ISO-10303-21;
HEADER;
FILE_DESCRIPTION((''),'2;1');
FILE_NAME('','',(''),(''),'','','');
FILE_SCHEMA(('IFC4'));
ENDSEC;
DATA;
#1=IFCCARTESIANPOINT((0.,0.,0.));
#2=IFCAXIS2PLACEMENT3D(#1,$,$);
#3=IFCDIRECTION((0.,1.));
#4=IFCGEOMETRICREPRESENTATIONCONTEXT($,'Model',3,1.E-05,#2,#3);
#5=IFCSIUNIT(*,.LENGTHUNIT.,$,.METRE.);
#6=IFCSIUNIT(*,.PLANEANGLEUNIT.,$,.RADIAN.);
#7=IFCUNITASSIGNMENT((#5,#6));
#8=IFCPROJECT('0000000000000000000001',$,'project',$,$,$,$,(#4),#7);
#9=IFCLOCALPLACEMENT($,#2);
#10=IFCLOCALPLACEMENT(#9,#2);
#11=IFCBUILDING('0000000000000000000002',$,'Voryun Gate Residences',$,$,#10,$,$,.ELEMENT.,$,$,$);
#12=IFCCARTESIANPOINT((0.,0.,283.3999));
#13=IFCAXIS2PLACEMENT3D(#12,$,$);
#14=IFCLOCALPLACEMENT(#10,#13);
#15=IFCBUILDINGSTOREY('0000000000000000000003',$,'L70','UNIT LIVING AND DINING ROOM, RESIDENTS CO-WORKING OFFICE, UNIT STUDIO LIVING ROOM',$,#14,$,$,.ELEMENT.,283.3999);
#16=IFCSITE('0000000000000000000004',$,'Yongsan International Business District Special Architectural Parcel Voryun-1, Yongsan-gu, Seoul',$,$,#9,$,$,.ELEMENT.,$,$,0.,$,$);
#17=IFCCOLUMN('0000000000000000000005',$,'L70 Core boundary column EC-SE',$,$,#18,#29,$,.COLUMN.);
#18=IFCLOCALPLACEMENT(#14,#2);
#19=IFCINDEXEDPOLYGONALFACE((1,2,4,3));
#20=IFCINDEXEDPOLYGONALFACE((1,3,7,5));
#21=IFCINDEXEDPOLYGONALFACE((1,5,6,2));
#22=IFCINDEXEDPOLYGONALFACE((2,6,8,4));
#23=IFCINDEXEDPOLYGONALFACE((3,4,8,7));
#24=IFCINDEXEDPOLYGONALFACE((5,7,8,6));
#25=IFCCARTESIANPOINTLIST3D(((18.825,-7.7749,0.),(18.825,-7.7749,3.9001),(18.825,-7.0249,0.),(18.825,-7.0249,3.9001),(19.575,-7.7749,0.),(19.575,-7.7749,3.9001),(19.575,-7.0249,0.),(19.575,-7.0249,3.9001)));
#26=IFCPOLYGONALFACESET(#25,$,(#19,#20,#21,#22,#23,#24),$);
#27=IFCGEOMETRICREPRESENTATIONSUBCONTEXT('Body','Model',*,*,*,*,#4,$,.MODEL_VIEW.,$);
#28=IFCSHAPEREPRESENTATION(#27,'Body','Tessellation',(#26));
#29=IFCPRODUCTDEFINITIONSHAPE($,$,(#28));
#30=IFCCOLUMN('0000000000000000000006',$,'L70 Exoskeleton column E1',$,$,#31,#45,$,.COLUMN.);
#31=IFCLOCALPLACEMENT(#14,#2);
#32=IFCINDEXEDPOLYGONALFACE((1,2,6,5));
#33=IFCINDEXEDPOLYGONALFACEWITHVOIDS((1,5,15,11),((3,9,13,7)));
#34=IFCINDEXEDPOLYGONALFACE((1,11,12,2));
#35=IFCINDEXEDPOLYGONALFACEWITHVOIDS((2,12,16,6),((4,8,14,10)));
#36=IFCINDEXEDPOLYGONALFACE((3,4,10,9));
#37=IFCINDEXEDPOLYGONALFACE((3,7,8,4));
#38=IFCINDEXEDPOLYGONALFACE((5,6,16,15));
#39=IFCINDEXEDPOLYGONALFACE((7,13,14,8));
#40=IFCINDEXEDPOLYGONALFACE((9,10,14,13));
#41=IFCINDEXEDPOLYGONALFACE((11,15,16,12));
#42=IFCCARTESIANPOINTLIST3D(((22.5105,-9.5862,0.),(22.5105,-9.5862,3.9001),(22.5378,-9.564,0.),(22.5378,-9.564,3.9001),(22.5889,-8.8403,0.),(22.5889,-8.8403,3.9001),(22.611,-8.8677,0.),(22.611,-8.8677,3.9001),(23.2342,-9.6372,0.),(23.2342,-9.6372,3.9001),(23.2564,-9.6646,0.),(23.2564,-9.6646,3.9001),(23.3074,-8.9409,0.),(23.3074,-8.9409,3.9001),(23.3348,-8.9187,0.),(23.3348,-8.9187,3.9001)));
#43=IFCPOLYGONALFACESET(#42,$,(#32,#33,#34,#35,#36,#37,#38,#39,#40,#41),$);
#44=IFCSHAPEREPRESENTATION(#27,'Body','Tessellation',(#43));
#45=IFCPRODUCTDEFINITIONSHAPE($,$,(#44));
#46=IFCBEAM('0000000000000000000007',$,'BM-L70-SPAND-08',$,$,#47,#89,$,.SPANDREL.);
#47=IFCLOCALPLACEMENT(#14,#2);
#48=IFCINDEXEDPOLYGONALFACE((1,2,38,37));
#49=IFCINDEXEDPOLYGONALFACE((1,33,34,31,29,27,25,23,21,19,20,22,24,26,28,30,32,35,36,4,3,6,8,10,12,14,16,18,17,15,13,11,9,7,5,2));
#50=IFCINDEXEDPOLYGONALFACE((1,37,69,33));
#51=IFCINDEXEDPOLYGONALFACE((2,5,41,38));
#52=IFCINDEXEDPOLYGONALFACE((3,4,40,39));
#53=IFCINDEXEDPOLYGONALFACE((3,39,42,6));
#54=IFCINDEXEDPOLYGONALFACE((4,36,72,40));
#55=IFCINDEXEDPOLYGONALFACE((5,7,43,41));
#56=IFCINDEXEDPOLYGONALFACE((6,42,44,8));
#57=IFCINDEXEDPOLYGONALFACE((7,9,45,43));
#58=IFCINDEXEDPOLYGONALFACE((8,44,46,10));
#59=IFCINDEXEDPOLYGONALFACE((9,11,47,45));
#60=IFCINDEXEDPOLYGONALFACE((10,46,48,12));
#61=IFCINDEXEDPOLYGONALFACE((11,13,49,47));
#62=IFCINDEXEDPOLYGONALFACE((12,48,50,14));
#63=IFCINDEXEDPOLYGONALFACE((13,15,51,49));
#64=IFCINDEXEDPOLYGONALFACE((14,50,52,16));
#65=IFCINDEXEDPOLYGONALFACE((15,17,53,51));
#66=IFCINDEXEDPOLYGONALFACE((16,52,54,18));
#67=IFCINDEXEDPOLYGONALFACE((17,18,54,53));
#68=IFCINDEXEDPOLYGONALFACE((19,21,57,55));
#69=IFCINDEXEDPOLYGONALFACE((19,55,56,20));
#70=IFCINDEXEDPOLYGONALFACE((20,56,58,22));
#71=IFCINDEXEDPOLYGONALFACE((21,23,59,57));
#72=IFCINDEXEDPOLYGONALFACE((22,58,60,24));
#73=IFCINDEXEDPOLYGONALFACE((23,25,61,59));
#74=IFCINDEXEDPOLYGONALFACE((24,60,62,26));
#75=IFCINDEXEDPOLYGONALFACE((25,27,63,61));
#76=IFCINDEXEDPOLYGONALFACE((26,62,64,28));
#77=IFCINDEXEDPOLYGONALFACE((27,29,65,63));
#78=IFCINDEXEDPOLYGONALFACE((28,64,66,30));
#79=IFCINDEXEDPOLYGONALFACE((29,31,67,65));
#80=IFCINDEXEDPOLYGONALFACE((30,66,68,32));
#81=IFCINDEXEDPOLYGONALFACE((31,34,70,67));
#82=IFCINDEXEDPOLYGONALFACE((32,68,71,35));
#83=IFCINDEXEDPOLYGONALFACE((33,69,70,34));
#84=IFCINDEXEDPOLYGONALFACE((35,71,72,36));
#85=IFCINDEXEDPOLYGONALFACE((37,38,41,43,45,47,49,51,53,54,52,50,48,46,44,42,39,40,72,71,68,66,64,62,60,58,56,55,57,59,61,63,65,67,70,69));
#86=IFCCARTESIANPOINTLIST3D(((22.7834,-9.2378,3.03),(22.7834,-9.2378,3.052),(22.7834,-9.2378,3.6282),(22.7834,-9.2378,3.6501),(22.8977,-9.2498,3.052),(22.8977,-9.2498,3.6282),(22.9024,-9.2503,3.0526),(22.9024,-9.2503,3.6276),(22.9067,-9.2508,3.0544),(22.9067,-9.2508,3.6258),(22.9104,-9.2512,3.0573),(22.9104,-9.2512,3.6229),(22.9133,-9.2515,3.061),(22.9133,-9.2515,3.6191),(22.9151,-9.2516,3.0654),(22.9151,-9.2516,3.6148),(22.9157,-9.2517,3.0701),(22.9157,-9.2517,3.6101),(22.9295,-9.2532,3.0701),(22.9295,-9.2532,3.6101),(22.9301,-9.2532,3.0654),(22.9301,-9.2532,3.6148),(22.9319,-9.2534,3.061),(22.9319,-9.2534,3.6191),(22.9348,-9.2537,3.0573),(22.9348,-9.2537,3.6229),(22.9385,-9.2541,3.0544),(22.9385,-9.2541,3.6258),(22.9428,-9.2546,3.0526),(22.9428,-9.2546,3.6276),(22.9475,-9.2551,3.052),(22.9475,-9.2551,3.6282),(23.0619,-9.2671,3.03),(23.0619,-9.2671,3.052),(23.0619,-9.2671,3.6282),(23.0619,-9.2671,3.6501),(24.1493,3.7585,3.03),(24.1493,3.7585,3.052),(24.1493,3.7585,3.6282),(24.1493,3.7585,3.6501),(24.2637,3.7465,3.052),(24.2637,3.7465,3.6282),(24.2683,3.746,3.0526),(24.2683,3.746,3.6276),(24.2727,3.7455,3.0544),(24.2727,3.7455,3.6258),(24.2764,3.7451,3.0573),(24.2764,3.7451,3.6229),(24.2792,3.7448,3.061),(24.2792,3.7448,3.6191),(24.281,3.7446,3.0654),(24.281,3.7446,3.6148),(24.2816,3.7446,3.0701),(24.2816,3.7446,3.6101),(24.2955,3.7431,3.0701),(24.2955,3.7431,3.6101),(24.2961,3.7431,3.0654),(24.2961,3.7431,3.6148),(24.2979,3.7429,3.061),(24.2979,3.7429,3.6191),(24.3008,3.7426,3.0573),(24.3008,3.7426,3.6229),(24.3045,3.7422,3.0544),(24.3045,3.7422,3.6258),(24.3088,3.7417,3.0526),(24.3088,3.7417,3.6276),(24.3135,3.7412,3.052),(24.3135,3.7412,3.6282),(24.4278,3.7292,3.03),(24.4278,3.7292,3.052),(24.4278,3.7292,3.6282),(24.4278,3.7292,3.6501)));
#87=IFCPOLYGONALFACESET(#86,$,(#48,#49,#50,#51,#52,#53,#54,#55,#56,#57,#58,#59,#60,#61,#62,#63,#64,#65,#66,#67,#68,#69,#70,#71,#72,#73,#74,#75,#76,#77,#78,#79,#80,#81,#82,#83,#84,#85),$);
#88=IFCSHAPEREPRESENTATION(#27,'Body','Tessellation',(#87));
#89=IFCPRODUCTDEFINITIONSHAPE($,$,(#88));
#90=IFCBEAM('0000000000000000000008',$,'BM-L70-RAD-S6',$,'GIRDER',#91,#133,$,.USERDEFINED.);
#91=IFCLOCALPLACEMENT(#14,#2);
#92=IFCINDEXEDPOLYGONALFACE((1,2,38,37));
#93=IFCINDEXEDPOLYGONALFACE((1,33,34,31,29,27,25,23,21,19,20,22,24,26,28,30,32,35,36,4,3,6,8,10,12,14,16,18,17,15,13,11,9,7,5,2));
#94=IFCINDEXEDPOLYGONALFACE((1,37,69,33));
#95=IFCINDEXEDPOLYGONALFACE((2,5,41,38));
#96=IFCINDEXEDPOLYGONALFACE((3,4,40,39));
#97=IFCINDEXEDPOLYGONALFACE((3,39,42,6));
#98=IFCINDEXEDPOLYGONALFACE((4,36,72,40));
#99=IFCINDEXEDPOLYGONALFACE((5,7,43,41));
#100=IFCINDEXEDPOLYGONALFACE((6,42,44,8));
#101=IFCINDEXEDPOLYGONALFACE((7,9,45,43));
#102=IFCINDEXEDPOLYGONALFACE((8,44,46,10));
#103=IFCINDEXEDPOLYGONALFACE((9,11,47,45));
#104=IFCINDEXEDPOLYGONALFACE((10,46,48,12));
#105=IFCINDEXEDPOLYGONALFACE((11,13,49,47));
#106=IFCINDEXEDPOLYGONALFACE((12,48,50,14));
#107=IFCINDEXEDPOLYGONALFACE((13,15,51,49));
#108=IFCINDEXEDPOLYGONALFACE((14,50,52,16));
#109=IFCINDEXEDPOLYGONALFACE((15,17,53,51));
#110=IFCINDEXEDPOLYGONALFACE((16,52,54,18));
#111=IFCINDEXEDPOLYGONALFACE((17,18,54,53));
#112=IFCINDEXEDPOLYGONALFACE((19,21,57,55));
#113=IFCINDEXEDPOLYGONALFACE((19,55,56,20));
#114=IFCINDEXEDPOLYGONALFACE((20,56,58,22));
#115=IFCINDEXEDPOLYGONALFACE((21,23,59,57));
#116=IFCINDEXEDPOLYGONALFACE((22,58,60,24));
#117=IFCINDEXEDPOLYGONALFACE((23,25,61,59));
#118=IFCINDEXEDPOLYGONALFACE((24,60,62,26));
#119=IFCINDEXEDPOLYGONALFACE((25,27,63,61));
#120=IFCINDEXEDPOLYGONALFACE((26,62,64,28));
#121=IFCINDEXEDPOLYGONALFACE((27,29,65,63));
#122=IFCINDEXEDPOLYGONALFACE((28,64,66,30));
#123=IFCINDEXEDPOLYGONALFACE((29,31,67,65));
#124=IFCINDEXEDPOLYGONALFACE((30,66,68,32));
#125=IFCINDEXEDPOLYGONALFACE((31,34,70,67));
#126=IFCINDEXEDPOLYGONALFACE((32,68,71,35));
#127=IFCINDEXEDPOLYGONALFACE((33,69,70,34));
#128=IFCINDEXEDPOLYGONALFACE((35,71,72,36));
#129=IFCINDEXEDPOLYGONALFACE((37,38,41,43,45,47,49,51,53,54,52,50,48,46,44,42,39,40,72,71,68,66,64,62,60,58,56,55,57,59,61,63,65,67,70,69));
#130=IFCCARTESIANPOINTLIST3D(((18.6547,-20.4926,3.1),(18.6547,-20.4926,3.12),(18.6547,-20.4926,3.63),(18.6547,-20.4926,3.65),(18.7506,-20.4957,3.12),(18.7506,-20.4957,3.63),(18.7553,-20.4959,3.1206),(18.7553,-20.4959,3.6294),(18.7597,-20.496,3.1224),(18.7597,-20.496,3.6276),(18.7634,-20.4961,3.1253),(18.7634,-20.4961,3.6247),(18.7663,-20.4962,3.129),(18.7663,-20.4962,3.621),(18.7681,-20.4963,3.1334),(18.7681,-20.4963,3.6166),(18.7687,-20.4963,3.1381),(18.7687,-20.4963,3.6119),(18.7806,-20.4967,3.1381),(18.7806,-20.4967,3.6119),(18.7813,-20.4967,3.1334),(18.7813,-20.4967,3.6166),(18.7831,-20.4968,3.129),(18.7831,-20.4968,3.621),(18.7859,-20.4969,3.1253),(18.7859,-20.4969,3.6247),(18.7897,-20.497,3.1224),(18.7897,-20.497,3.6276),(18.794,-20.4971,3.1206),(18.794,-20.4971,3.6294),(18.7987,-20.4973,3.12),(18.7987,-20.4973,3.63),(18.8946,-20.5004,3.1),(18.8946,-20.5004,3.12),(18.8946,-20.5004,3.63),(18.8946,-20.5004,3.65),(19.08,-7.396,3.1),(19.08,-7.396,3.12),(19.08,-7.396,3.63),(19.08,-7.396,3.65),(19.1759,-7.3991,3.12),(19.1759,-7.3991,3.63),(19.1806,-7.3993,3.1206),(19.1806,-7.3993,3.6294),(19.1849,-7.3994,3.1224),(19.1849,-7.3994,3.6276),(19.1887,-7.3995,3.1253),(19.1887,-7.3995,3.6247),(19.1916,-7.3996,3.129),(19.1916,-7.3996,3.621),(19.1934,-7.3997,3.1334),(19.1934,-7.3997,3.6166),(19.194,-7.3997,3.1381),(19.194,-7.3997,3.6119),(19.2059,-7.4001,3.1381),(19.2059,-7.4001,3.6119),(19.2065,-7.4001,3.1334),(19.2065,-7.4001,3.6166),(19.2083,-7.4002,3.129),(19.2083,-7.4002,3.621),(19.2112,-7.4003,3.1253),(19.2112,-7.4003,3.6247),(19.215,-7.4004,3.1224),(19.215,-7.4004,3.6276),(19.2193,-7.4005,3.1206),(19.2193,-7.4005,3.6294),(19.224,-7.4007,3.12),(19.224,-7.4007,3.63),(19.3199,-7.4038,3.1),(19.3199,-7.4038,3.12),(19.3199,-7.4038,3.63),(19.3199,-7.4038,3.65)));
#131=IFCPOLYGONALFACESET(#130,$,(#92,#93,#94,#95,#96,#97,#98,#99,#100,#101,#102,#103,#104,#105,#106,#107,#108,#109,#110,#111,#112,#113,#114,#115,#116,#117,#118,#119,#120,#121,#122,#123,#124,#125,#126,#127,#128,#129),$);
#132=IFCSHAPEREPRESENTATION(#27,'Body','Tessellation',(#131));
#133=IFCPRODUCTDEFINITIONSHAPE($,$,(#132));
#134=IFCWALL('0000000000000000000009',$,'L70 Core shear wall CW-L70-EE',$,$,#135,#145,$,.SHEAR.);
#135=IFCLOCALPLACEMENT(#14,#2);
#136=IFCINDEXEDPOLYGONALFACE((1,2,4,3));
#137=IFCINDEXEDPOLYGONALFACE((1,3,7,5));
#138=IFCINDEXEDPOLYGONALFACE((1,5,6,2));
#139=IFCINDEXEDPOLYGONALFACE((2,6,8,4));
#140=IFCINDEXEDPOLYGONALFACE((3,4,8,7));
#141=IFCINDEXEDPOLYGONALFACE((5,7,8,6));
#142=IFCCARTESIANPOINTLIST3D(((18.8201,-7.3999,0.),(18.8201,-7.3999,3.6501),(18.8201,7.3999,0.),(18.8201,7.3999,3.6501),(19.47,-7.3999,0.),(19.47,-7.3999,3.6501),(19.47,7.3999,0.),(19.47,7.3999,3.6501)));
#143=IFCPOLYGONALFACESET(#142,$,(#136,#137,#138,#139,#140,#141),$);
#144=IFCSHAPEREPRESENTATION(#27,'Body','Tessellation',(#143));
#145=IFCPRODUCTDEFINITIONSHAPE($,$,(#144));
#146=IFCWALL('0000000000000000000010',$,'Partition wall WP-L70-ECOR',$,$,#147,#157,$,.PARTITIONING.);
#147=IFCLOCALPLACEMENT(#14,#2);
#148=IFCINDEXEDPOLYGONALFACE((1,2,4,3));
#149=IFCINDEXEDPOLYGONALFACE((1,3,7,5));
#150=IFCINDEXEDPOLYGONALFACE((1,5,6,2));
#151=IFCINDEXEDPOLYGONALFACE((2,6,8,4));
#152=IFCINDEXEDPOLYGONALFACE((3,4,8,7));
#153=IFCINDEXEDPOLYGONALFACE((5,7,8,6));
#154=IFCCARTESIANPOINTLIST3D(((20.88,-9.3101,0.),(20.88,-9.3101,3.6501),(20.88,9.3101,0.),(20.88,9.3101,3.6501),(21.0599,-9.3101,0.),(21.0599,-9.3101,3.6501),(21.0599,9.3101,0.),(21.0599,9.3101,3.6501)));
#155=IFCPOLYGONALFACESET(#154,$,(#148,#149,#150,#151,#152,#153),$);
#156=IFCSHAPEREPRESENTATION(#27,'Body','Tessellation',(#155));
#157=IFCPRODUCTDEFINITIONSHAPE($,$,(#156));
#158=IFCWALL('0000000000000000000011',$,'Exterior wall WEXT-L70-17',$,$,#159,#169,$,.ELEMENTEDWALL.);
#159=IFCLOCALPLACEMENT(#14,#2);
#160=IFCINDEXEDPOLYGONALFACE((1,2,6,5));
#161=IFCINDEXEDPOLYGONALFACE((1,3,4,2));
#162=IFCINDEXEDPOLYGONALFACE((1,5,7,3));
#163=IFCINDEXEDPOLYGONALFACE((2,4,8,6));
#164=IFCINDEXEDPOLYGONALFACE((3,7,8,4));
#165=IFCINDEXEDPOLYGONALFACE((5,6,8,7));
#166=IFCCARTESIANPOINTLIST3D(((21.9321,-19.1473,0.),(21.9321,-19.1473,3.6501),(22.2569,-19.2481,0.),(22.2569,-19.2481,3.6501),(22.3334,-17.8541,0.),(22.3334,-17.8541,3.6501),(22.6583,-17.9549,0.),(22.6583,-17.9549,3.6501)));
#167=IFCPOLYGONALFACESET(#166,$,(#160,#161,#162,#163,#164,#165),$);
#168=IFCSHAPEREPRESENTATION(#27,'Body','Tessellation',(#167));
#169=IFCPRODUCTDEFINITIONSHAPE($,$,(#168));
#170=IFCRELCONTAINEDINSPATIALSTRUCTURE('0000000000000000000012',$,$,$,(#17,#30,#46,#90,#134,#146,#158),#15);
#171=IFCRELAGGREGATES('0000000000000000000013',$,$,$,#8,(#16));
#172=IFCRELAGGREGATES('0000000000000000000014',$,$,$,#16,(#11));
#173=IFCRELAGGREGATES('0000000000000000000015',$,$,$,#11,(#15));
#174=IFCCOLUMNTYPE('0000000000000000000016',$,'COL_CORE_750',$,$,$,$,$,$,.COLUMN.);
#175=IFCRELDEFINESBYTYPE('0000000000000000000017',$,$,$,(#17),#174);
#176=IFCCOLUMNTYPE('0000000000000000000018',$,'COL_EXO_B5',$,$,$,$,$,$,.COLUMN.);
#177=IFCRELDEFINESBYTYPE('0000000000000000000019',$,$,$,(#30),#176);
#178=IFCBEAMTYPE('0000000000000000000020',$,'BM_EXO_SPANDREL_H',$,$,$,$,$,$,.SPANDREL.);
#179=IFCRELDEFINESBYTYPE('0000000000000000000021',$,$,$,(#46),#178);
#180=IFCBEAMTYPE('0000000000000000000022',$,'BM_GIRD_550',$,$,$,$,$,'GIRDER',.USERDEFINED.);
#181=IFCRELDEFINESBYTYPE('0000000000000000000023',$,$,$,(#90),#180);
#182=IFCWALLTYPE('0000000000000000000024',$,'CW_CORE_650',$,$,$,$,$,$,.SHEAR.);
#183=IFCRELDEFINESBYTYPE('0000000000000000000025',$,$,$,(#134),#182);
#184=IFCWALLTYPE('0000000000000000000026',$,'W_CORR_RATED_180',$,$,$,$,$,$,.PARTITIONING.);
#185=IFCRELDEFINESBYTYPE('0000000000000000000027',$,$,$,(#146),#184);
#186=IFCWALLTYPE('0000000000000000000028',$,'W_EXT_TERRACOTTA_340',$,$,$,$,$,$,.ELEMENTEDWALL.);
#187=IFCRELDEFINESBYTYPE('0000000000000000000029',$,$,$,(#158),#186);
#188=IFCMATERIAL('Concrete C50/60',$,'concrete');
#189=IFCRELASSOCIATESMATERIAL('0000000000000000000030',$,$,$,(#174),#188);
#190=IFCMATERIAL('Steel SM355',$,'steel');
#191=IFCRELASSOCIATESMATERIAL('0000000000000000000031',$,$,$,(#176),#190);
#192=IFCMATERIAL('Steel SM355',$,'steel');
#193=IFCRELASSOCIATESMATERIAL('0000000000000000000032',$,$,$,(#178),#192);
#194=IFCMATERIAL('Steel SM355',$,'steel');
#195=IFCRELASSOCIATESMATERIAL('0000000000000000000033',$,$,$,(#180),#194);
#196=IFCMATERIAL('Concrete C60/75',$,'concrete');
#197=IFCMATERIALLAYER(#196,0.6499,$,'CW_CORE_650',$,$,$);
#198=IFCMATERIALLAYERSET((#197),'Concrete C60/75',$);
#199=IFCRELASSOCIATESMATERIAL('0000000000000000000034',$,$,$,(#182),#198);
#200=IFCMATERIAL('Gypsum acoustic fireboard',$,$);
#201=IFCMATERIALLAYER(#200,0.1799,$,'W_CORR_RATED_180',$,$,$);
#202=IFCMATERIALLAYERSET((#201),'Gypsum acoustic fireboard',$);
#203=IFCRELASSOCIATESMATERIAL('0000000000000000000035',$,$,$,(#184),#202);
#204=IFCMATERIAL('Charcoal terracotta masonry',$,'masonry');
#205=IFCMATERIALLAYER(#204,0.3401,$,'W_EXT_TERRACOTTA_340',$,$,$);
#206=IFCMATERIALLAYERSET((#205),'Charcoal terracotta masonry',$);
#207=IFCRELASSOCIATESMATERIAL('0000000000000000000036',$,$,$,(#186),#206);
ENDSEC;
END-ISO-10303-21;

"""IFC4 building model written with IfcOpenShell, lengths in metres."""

from ifc_helpers import new_model, si_unit, direction, frame, frame_2d, origin, origin_2d, place, context, subcontext, project, spatial, rectangle, hollow_rectangle, i_section, extrude, material, layer, layer_set, material_profile, profile_set, type_object, element, save


model = new_model("IFC4")

# Units and contexts
model_context = context("Model", 3, precision=1e-05, world=origin(), true_north=direction((0.0, 1.0)))
body_context = subcontext(model_context, "Body", "Model", "MODEL_VIEW")
ifc_project = project(units=[si_unit("LENGTHUNIT", "METRE"), si_unit("PLANEANGLEUNIT", "RADIAN")], contexts=[model_context])

# Site, building, storey
site_placement = place(None, origin())
site = spatial("IfcSite", under=ifc_project, at=site_placement, Name="Yongsan International Business District Special Architectural Parcel Voryun-1, Yongsan-gu, Seoul", CompositionType="ELEMENT", RefElevation=0.0)
building_placement = place(site_placement, origin())
building = spatial("IfcBuilding", under=site, at=building_placement, Name="Voryun Gate Residences", CompositionType="ELEMENT")
storey_placement = place(building_placement, frame((0.0, 0.0, 283.3999)))
storey = spatial("IfcBuildingStorey", under=building, at=storey_placement, Name="L70", Description="UNIT LIVING AND DINING ROOM, RESIDENTS CO-WORKING OFFICE, UNIT STUDIO LIVING ROOM", CompositionType="ELEMENT", Elevation=283.3999)

# Columns
ifc_material_1 = material(Name="Concrete C50/60", Category="concrete")
ifc_material_profile_1 = material_profile(ifc_material_1, rectangle(XDim=0.75, YDim=0.75, at=origin_2d()), Name="RC-750x750")
ifc_profile_set_1 = profile_set([ifc_material_profile_1], Name="Concrete C50/60")
column_type_1 = type_object("IfcColumnType", Name="COL_CORE_750", PredefinedType="COLUMN", material=ifc_profile_set_1)
column_1_placement = place(storey_placement, frame((19.2, -7.3999, 0.0), z_axis=(0.0, 0.0, 1.0), x_axis=(1.0, 0.0, 0.0)))
element("IfcColumn", 1, at=column_1_placement, inside=storey, type_object=column_type_1, Name="L70 Core boundary column EC-SE", PredefinedType="COLUMN", context=body_context, shape_type="SweptSolid", body=[
    extrude(rectangle(XDim=0.75, YDim=0.75, at=origin_2d()), origin(), (0.0, 0.0, 1.0), 3.9001),
])
ifc_material_2 = material(Name="Steel SM355", Category="steel")
ifc_material_profile_2 = material_profile(ifc_material_2, hollow_rectangle(XDim=0.75, YDim=0.75, WallThickness=0.0249, at=origin_2d()), Name="BOX-750x750x25")
ifc_profile_set_2 = profile_set([ifc_material_profile_2], Name="Steel SM355")
column_type_2 = type_object("IfcColumnType", Name="COL_EXO_B5", PredefinedType="COLUMN", material=ifc_profile_set_2)
column_2_placement = place(storey_placement, frame((22.9226, -9.2524, 0.0), z_axis=(0.0, 0.0, 1.0), x_axis=(0.994522, -0.104528, 0.0)))
element("IfcColumn", 2, at=column_2_placement, inside=storey, type_object=column_type_2, Name="L70 Exoskeleton column E1", PredefinedType="COLUMN", context=body_context, shape_type="SweptSolid", body=[
    extrude(hollow_rectangle(XDim=0.75, YDim=0.75, WallThickness=0.0249, at=origin_2d()), origin(), (0.0, 0.0, 1.0), 3.9001),
])

# Beams
ifc_material_3 = material(Name="Steel SM355", Category="steel")
ifc_material_profile_3 = material_profile(ifc_material_3, i_section(OverallWidth=0.28, OverallDepth=0.6201, WebThickness=0.0139, FlangeThickness=0.022, FilletRadius=0.0181, at=origin_2d()), Name="H-620x280x14x22")
ifc_profile_set_3 = profile_set([ifc_material_profile_3], Name="Steel SM355")
beam_type_1 = type_object("IfcBeamType", Name="BM_EXO_SPANDREL_H", PredefinedType="SPANDREL", material=ifc_profile_set_3)
beam_1_placement = place(storey_placement, frame((22.9226, -9.2524, 3.3401), z_axis=(0.104528, 0.994522, 0.0), x_axis=(-0.994522, 0.104528, 0.0)))
element("IfcBeam", 3, at=beam_1_placement, inside=storey, type_object=beam_type_1, Name="BM-L70-SPAND-08", PredefinedType="SPANDREL", context=body_context, shape_type="SweptSolid", body=[
    extrude(i_section(OverallWidth=0.28, OverallDepth=0.6201, WebThickness=0.0139, FlangeThickness=0.022, FilletRadius=0.0181, at=origin_2d()), origin(), (0.0, 0.0, 1.0), 13.0679),
])
ifc_material_4 = material(Name="Steel SM355", Category="steel")
ifc_material_profile_4 = material_profile(ifc_material_4, i_section(OverallWidth=0.24, OverallDepth=0.55, WebThickness=0.012, FlangeThickness=0.02, FilletRadius=0.0181, at=origin_2d()), Name="H-550x240x12x20")
ifc_profile_set_4 = profile_set([ifc_material_profile_4], Name="Steel SM355")
beam_type_2 = type_object("IfcBeamType", Name="BM_GIRD_550", ElementType="GIRDER", PredefinedType="USERDEFINED", material=ifc_profile_set_4)
beam_2_placement = place(storey_placement, frame((19.2, -7.3999, 3.375), z_axis=(-0.032456, -0.999473, 0.0), x_axis=(0.999473, -0.032456, 0.0)))
element("IfcBeam", 4, at=beam_2_placement, inside=storey, type_object=beam_type_2, Name="BM-L70-RAD-S6", ObjectType="GIRDER", PredefinedType="USERDEFINED", context=body_context, shape_type="SweptSolid", body=[
    extrude(i_section(OverallWidth=0.24, OverallDepth=0.55, WebThickness=0.012, FlangeThickness=0.02, FilletRadius=0.0181, at=origin_2d()), origin(), (0.0, 0.0, 1.0), 13.1035),
])

# Walls
ifc_material_5 = material(Name="Concrete C60/75", Category="concrete")
ifc_layer_1 = layer(ifc_material_5, 0.6499, Name="CW_CORE_650")
ifc_layer_set_1 = layer_set([ifc_layer_1], Name="Concrete C60/75")
wall_type_1 = type_object("IfcWallType", Name="CW_CORE_650", PredefinedType="SHEAR", material=ifc_layer_set_1)
wall_1_placement = place(storey_placement, frame((19.145, -7.3999, 0.0), z_axis=(0.0, 0.0, 1.0), x_axis=(0.0, 1.0, 0.0)))
element("IfcWall", 5, at=wall_1_placement, inside=storey, type_object=wall_type_1, Name="L70 Core shear wall CW-L70-EE", PredefinedType="SHEAR", context=body_context, shape_type="SweptSolid", body=[
    extrude(rectangle(XDim=14.7998, YDim=0.6499, at=frame_2d((7.3999, 0.0))), origin(), (0.0, 0.0, 1.0), 3.6501),
])
ifc_material_6 = material(Name="Gypsum acoustic fireboard")
ifc_layer_2 = layer(ifc_material_6, 0.1799, Name="W_CORR_RATED_180")
ifc_layer_set_2 = layer_set([ifc_layer_2], Name="Gypsum acoustic fireboard")
wall_type_2 = type_object("IfcWallType", Name="W_CORR_RATED_180", PredefinedType="PARTITIONING", material=ifc_layer_set_2)
wall_2_placement = place(storey_placement, frame((20.97, -9.3101, 0.0), z_axis=(0.0, 0.0, 1.0), x_axis=(0.0, 1.0, 0.0)))
element("IfcWall", 6, at=wall_2_placement, inside=storey, type_object=wall_type_2, Name="Partition wall WP-L70-ECOR", PredefinedType="PARTITIONING", context=body_context, shape_type="SweptSolid", body=[
    extrude(rectangle(XDim=18.6201, YDim=0.1799, at=frame_2d((9.3101, 0.0))), origin(), (0.0, 0.0, 1.0), 3.6501),
])
ifc_material_7 = material(Name="Charcoal terracotta masonry", Category="masonry")
ifc_layer_3 = layer(ifc_material_7, 0.3401, Name="W_EXT_TERRACOTTA_340")
ifc_layer_set_3 = layer_set([ifc_layer_3], Name="Charcoal terracotta masonry")
wall_type_3 = type_object("IfcWallType", Name="W_EXT_TERRACOTTA_340", PredefinedType="ELEMENTEDWALL", material=ifc_layer_set_3)
wall_3_placement = place(storey_placement, frame((22.4958, -17.9045, 0.0), z_axis=(0.0, 0.0, 1.0), x_axis=(-0.296416, -0.955059, 0.0)))
element("IfcWall", 7, at=wall_3_placement, inside=storey, type_object=wall_type_3, Name="Exterior wall WEXT-L70-17", PredefinedType="ELEMENTEDWALL", context=body_context, shape_type="SweptSolid", body=[
    extrude(rectangle(XDim=1.354, YDim=0.3401, at=frame_2d((0.677, 0.0))), origin(), (0.0, 0.0, 1.0), 3.6501),
])

save(model, "model.ifc")
